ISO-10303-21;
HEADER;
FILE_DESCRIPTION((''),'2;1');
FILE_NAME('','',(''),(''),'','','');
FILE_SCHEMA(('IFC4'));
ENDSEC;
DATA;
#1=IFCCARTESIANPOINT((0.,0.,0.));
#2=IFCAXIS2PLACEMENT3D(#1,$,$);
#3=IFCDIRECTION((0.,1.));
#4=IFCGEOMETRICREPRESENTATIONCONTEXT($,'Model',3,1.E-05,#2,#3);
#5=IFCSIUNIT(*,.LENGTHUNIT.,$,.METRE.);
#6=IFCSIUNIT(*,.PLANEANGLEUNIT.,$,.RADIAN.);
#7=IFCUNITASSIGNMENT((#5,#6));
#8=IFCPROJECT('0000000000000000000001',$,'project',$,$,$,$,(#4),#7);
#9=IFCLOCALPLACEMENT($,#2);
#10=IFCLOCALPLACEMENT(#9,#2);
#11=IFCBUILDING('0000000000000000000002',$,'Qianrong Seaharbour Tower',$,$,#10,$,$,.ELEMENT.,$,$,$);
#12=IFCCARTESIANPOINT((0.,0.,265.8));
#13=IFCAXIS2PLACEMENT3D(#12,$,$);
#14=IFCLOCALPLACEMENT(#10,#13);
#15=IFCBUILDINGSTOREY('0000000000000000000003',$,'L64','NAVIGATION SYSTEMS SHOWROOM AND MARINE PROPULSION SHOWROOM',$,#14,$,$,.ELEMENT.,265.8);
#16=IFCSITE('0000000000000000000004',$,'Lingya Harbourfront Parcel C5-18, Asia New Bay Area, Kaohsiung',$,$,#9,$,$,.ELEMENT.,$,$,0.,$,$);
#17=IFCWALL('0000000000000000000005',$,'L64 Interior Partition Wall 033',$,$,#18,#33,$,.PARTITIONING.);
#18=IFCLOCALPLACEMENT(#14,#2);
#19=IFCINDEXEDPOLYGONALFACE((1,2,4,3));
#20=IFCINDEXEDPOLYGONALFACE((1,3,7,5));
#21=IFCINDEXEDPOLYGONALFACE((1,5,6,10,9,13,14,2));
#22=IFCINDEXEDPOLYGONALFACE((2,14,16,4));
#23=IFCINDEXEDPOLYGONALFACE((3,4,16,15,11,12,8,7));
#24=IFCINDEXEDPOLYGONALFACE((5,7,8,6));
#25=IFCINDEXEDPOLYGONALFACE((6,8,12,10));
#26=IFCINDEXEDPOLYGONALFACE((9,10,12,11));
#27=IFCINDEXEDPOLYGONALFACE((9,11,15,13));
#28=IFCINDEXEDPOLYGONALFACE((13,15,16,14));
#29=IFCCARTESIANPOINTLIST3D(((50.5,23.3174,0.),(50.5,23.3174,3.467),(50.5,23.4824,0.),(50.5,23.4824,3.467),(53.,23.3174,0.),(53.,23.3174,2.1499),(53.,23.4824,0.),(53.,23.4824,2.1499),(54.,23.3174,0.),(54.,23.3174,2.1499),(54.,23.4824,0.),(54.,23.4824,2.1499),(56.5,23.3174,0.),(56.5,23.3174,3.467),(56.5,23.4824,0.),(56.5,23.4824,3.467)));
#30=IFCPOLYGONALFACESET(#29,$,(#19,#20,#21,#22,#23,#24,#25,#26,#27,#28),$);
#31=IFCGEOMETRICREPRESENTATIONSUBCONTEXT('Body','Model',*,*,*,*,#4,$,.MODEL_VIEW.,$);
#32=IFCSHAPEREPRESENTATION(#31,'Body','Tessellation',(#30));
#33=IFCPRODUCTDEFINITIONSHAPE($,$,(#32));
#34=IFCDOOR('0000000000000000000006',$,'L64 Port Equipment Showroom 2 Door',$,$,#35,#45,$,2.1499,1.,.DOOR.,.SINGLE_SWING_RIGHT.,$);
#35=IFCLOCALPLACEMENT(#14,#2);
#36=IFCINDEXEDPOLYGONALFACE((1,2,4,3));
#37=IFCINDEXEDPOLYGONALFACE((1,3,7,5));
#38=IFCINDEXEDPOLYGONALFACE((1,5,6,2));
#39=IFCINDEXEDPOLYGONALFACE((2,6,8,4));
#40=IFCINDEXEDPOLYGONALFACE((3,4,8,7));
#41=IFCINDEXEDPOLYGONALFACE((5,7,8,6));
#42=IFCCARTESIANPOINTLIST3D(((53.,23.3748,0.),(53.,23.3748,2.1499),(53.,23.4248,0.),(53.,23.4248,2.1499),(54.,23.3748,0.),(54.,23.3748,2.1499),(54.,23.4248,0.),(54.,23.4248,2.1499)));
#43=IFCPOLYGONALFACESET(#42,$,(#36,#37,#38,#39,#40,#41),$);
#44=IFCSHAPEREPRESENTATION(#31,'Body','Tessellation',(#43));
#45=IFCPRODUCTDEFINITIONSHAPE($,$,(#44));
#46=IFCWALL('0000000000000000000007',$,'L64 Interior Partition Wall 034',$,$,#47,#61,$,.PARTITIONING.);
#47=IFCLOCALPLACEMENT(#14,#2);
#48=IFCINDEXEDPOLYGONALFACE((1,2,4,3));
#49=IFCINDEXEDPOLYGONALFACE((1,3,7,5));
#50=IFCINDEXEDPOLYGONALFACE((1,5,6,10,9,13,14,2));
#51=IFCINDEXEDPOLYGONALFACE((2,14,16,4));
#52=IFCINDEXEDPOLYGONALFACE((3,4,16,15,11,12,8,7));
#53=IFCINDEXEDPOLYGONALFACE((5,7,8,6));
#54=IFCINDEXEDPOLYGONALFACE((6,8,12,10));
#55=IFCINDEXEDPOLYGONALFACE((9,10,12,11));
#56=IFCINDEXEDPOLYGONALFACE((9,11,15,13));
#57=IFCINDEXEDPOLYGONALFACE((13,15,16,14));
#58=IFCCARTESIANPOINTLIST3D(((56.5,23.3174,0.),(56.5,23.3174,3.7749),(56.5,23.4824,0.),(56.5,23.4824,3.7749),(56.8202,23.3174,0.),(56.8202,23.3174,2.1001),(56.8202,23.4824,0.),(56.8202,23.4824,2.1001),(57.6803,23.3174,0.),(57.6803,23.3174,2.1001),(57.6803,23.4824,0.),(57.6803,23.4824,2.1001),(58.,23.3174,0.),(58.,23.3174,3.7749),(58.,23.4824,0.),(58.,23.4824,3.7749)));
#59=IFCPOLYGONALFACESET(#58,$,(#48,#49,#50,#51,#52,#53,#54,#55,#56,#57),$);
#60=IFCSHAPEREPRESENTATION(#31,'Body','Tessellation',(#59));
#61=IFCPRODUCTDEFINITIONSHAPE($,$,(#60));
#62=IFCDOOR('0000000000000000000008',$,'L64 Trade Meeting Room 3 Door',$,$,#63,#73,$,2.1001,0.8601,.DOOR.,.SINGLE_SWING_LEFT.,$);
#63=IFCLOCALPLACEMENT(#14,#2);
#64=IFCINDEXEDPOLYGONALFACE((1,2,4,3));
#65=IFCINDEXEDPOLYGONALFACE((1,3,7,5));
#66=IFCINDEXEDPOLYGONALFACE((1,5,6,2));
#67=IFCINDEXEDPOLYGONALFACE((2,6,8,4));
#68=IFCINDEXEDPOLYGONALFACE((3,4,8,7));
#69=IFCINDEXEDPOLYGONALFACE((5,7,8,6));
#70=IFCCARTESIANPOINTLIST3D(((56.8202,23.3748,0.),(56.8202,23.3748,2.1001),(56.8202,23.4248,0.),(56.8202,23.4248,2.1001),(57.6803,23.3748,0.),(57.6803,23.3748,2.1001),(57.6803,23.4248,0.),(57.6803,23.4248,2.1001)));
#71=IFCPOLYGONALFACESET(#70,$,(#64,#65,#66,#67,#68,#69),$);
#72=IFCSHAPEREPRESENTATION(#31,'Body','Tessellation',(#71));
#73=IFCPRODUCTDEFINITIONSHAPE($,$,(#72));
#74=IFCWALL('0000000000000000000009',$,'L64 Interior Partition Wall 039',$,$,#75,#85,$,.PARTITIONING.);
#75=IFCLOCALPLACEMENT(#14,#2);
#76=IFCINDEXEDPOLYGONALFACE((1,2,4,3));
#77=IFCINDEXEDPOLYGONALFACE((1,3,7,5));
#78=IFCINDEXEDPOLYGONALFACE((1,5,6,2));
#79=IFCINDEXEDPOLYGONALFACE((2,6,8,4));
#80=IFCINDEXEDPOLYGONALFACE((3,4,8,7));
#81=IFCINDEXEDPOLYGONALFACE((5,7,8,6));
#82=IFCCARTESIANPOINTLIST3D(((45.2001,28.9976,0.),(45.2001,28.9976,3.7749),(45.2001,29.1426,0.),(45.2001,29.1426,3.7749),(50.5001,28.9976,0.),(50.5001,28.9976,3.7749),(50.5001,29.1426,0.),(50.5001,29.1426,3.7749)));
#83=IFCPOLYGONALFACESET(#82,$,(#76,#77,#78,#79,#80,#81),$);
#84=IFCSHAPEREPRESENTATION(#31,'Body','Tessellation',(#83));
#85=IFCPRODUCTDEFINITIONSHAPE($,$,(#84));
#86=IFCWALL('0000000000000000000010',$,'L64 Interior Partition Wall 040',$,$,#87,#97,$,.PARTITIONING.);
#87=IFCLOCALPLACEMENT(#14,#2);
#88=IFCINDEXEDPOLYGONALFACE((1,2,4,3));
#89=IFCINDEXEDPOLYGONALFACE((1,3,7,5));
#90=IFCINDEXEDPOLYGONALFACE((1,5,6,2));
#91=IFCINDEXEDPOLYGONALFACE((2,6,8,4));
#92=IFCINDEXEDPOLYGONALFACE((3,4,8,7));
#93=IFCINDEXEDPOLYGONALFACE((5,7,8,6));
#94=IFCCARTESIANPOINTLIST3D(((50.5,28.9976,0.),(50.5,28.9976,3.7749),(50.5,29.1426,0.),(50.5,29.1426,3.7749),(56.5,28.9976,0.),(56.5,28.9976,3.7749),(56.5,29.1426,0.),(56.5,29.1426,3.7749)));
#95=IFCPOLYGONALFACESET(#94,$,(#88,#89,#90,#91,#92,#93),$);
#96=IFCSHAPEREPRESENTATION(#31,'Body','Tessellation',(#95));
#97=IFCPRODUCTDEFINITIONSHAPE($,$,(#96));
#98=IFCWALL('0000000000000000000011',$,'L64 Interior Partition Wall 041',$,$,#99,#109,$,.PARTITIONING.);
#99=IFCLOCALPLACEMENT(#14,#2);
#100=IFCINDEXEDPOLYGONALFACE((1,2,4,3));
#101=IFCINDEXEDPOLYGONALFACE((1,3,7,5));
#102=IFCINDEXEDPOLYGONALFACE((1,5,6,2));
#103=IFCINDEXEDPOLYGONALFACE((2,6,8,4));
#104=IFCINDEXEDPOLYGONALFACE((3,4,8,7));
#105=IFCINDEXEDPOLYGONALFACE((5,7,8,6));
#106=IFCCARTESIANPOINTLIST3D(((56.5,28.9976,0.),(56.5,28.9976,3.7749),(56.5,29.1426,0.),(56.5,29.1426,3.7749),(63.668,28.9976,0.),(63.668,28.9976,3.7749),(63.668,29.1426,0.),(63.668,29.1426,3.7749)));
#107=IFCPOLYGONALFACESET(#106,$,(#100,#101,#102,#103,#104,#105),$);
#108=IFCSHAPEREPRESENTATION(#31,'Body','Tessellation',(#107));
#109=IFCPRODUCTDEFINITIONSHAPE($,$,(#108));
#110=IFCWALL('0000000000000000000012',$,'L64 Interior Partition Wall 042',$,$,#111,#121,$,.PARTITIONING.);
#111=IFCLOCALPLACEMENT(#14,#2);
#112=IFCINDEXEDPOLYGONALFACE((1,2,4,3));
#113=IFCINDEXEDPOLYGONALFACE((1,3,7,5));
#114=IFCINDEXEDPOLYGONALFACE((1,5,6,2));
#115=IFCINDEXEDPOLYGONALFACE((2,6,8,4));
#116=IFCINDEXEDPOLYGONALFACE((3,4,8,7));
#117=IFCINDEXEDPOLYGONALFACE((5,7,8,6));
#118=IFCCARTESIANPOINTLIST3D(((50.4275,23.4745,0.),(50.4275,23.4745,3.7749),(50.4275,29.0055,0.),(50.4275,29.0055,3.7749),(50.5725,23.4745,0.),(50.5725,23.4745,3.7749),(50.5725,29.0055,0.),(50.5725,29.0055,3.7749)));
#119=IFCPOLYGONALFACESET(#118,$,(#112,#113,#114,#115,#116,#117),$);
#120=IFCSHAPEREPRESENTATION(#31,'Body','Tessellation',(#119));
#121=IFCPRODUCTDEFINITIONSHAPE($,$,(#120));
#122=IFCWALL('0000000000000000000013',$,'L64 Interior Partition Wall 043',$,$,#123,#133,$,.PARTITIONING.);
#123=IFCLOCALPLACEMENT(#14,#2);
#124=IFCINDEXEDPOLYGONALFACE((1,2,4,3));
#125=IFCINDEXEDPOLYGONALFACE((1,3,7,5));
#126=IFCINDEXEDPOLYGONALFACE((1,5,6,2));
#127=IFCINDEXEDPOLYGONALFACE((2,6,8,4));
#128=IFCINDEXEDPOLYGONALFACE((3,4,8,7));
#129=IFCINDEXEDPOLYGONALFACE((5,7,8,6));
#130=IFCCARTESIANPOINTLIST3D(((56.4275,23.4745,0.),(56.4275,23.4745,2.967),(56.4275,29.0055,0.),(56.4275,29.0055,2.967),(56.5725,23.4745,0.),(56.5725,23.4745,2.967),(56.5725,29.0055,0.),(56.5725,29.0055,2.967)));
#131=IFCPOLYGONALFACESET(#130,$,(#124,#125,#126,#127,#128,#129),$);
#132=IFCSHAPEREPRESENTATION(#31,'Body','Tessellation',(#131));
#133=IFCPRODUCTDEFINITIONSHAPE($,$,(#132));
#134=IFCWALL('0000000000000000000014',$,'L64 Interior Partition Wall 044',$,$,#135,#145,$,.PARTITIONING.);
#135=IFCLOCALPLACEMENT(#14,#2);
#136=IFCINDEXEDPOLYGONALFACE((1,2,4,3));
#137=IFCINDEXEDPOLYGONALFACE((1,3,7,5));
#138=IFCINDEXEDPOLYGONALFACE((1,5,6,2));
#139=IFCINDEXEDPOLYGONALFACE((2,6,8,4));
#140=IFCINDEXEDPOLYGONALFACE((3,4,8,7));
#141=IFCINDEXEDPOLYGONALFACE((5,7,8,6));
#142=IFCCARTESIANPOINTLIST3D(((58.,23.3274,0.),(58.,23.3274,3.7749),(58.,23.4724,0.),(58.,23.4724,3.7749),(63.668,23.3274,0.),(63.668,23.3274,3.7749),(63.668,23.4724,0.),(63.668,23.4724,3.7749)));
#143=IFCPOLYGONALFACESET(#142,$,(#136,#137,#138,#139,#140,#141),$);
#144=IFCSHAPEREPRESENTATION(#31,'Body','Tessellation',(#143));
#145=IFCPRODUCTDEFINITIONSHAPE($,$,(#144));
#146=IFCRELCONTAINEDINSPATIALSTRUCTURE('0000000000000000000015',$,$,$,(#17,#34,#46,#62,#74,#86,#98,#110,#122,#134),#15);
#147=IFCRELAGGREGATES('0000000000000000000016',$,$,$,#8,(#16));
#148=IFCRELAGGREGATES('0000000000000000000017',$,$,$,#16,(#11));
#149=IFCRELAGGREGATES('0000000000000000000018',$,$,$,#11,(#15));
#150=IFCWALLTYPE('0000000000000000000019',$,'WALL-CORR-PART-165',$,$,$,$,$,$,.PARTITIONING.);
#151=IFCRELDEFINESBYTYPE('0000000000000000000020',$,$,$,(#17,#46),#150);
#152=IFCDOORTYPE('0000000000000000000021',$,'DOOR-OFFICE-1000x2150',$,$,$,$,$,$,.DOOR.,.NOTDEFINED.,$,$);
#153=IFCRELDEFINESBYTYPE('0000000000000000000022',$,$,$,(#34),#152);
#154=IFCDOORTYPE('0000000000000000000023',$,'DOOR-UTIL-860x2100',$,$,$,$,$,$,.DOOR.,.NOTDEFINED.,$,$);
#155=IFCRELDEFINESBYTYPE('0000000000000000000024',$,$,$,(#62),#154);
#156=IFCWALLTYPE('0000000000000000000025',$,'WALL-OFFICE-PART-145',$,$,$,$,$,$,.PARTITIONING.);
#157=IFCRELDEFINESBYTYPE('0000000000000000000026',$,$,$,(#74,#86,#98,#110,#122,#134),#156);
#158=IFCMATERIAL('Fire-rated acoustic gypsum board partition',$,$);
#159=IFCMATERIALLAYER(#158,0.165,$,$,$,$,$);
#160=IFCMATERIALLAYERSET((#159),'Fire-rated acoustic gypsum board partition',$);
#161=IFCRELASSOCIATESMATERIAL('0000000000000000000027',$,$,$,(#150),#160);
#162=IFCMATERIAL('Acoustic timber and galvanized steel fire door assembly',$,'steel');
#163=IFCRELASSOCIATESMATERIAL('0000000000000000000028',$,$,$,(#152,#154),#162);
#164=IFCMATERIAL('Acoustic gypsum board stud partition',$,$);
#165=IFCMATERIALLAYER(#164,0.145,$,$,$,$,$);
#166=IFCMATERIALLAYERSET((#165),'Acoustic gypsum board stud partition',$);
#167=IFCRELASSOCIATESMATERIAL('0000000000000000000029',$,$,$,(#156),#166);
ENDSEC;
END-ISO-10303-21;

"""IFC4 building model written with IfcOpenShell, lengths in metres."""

from ifc_helpers import new_model, si_unit, direction, frame, frame_2d, origin, place, context, subcontext, project, spatial, rectangle, extrude, material, layer, layer_set, type_object, element, fill, save


model = new_model("IFC4")

# Units and contexts
model_context = context("Model", 3, precision=1e-05, world=origin(), true_north=direction((0.0, 1.0)))
body_context = subcontext(model_context, "Body", "Model", "MODEL_VIEW")
ifc_project = project(units=[si_unit("LENGTHUNIT", "METRE"), si_unit("PLANEANGLEUNIT", "RADIAN")], contexts=[model_context])

# Site, building, storey
site_placement = place(None, origin())
site = spatial("IfcSite", under=ifc_project, at=site_placement, Name="Lingya Harbourfront Parcel C5-18, Asia New Bay Area, Kaohsiung", CompositionType="ELEMENT", RefElevation=0.0)
building_placement = place(site_placement, origin())
building = spatial("IfcBuilding", under=site, at=building_placement, Name="Qianrong Seaharbour Tower", CompositionType="ELEMENT")
storey_placement = place(building_placement, frame((0.0, 0.0, 265.8)))
storey = spatial("IfcBuildingStorey", under=building, at=storey_placement, Name="L64", Description="NAVIGATION SYSTEMS SHOWROOM AND MARINE PROPULSION SHOWROOM", CompositionType="ELEMENT", Elevation=265.8)

# Shared definitions
ifc_material_1 = material(Name="Fire-rated acoustic gypsum board partition")
ifc_layer_1 = layer(ifc_material_1, 0.165)
ifc_layer_set_1 = layer_set([ifc_layer_1], Name="Fire-rated acoustic gypsum board partition")
wall_type_1 = type_object("IfcWallType", Name="WALL-CORR-PART-165", PredefinedType="PARTITIONING", material=ifc_layer_set_1)
ifc_material_2 = material(Name="Acoustic timber and galvanized steel fire door assembly", Category="steel")
door_type_1 = type_object("IfcDoorType", Name="DOOR-OFFICE-1000x2150", OperationType="NOTDEFINED", PredefinedType="DOOR", material=ifc_material_2)

# Walls, openings, doors
wall_1_placement = place(storey_placement, frame((50.5, 23.3999, 0.0), z_axis=(0.0, 0.0, 1.0), x_axis=(1.0, 0.0, 0.0)))
wall_1 = element("IfcWall", 1, at=wall_1_placement, inside=storey, type_object=wall_type_1, Name="L64 Interior Partition Wall 033", PredefinedType="PARTITIONING", context=body_context, shape_type="SweptSolid", body=[
    extrude(rectangle(XDim=6.0, YDim=0.165, at=frame_2d((3.0, 0.0))), origin(), (0.0, 0.0, 1.0), 3.467),
])
opening_1_placement = place(wall_1_placement, frame((2.5, 0.0, 0.0)))
opening_1 = element("IfcOpeningElement", 2, at=opening_1_placement, cuts=wall_1, PredefinedType="OPENING", context=body_context, shape_type="SweptSolid", body=[
    extrude(rectangle(XDim=1.0, YDim=2.1499, at=frame_2d((0.5, 1.075))), frame((0.0, 0.0925, 0.0), z_axis=(0.0, -1.0, 0.0), x_axis=(1.0, 0.0, 0.0)), (0.0, 0.0, 1.0), 0.1851),
])
door_1_placement = place(opening_1_placement, origin())
door_1 = element("IfcDoor", 3, at=door_1_placement, inside=storey, type_object=door_type_1, Name="L64 Port Equipment Showroom 2 Door", OperationType="SINGLE_SWING_RIGHT", OverallHeight=2.1499, OverallWidth=1.0, PredefinedType="DOOR", context=body_context, shape_type="SweptSolid", body=[
    extrude(rectangle(XDim=1.0, YDim=2.1499, at=frame_2d((0.5, 1.075))), frame((0.0, 0.0249, 0.0), z_axis=(0.0, -1.0, 0.0), x_axis=(1.0, 0.0, 0.0)), (0.0, 0.0, 1.0), 0.05),
])
fill(opening_1, door_1)
wall_2_placement = place(storey_placement, frame((56.5, 23.3999, 0.0), z_axis=(0.0, 0.0, 1.0), x_axis=(1.0, 0.0, 0.0)))
wall_2 = element("IfcWall", 4, at=wall_2_placement, inside=storey, type_object=wall_type_1, Name="L64 Interior Partition Wall 034", PredefinedType="PARTITIONING", context=body_context, shape_type="SweptSolid", body=[
    extrude(rectangle(XDim=1.5, YDim=0.165, at=frame_2d((0.75, 0.0))), origin(), (0.0, 0.0, 1.0), 3.7749),
])
opening_2_placement = place(wall_2_placement, frame((0.3201, 0.0, 0.0)))
opening_2 = element("IfcOpeningElement", 5, at=opening_2_placement, cuts=wall_2, PredefinedType="OPENING", context=body_context, shape_type="SweptSolid", body=[
    extrude(rectangle(XDim=0.8601, YDim=2.1001, at=frame_2d((0.4302, 1.05))), frame((0.0, 0.0925, 0.0), z_axis=(0.0, -1.0, 0.0), x_axis=(1.0, 0.0, 0.0)), (0.0, 0.0, 1.0), 0.1851),
])
door_type_2 = type_object("IfcDoorType", Name="DOOR-UTIL-860x2100", OperationType="NOTDEFINED", PredefinedType="DOOR", material=ifc_material_2)
door_2_placement = place(opening_2_placement, origin())
door_2 = element("IfcDoor", 6, at=door_2_placement, inside=storey, type_object=door_type_2, Name="L64 Trade Meeting Room 3 Door", OperationType="SINGLE_SWING_LEFT", OverallHeight=2.1001, OverallWidth=0.8601, PredefinedType="DOOR", context=body_context, shape_type="SweptSolid", body=[
    extrude(rectangle(XDim=0.8601, YDim=2.1001, at=frame_2d((0.4302, 1.05))), frame((0.0, 0.0249, 0.0), z_axis=(0.0, -1.0, 0.0), x_axis=(1.0, 0.0, 0.0)), (0.0, 0.0, 1.0), 0.05),
])
fill(opening_2, door_2)

# Walls
ifc_material_3 = material(Name="Acoustic gypsum board stud partition")
ifc_layer_2 = layer(ifc_material_3, 0.145)
ifc_layer_set_2 = layer_set([ifc_layer_2], Name="Acoustic gypsum board stud partition")
wall_type_2 = type_object("IfcWallType", Name="WALL-OFFICE-PART-145", PredefinedType="PARTITIONING", material=ifc_layer_set_2)
wall_3_placement = place(storey_placement, frame((50.5, 29.0701, 0.0), z_axis=(0.0, 0.0, 1.0), x_axis=(-1.0, 0.0, 0.0)))
element("IfcWall", 7, at=wall_3_placement, inside=storey, type_object=wall_type_2, Name="L64 Interior Partition Wall 039", PredefinedType="PARTITIONING", context=body_context, shape_type="SweptSolid", body=[
    extrude(rectangle(XDim=5.3, YDim=0.145, at=frame_2d((2.6499, 0.0))), origin(), (0.0, 0.0, 1.0), 3.7749),
])
wall_4_placement = place(storey_placement, frame((56.5, 29.0701, 0.0), z_axis=(0.0, 0.0, 1.0), x_axis=(-1.0, 0.0, 0.0)))
element("IfcWall", 8, at=wall_4_placement, inside=storey, type_object=wall_type_2, Name="L64 Interior Partition Wall 040", PredefinedType="PARTITIONING", context=body_context, shape_type="SweptSolid", body=[
    extrude(rectangle(XDim=6.0, YDim=0.145, at=frame_2d((3.0, 0.0))), origin(), (0.0, 0.0, 1.0), 3.7749),
])
wall_5_placement = place(storey_placement, frame((63.668, 29.0701, 0.0), z_axis=(0.0, 0.0, 1.0), x_axis=(-1.0, 0.0, 0.0)))
element("IfcWall", 9, at=wall_5_placement, inside=storey, type_object=wall_type_2, Name="L64 Interior Partition Wall 041", PredefinedType="PARTITIONING", context=body_context, shape_type="SweptSolid", body=[
    extrude(rectangle(XDim=7.168, YDim=0.145, at=frame_2d((3.584, 0.0))), origin(), (0.0, 0.0, 1.0), 3.7749),
])
wall_6_placement = place(storey_placement, frame((50.5, 29.0056, 0.0), z_axis=(0.0, 0.0, 1.0), x_axis=(0.0, -1.0, 0.0)))
element("IfcWall", 10, at=wall_6_placement, inside=storey, type_object=wall_type_2, Name="L64 Interior Partition Wall 042", PredefinedType="PARTITIONING", context=body_context, shape_type="SweptSolid", body=[
    extrude(rectangle(XDim=5.531, YDim=0.145, at=frame_2d((2.7656, 0.0))), origin(), (0.0, 0.0, 1.0), 3.7749),
])
wall_7_placement = place(storey_placement, frame((56.5, 29.0056, 0.0), z_axis=(0.0, 0.0, 1.0), x_axis=(0.0, -1.0, 0.0)))
element("IfcWall", 11, at=wall_7_placement, inside=storey, type_object=wall_type_2, Name="L64 Interior Partition Wall 043", PredefinedType="PARTITIONING", context=body_context, shape_type="SweptSolid", body=[
    extrude(rectangle(XDim=5.531, YDim=0.145, at=frame_2d((2.7656, 0.0))), origin(), (0.0, 0.0, 1.0), 2.967),
])
wall_8_placement = place(storey_placement, frame((63.668, 23.3999, 0.0), z_axis=(0.0, 0.0, 1.0), x_axis=(-1.0, 0.0, 0.0)))
element("IfcWall", 12, at=wall_8_placement, inside=storey, type_object=wall_type_2, Name="L64 Interior Partition Wall 044", PredefinedType="PARTITIONING", context=body_context, shape_type="SweptSolid", body=[
    extrude(rectangle(XDim=5.668, YDim=0.145, at=frame_2d((2.834, 0.0))), origin(), (0.0, 0.0, 1.0), 3.7749),
])

save(model, "model.ifc")
